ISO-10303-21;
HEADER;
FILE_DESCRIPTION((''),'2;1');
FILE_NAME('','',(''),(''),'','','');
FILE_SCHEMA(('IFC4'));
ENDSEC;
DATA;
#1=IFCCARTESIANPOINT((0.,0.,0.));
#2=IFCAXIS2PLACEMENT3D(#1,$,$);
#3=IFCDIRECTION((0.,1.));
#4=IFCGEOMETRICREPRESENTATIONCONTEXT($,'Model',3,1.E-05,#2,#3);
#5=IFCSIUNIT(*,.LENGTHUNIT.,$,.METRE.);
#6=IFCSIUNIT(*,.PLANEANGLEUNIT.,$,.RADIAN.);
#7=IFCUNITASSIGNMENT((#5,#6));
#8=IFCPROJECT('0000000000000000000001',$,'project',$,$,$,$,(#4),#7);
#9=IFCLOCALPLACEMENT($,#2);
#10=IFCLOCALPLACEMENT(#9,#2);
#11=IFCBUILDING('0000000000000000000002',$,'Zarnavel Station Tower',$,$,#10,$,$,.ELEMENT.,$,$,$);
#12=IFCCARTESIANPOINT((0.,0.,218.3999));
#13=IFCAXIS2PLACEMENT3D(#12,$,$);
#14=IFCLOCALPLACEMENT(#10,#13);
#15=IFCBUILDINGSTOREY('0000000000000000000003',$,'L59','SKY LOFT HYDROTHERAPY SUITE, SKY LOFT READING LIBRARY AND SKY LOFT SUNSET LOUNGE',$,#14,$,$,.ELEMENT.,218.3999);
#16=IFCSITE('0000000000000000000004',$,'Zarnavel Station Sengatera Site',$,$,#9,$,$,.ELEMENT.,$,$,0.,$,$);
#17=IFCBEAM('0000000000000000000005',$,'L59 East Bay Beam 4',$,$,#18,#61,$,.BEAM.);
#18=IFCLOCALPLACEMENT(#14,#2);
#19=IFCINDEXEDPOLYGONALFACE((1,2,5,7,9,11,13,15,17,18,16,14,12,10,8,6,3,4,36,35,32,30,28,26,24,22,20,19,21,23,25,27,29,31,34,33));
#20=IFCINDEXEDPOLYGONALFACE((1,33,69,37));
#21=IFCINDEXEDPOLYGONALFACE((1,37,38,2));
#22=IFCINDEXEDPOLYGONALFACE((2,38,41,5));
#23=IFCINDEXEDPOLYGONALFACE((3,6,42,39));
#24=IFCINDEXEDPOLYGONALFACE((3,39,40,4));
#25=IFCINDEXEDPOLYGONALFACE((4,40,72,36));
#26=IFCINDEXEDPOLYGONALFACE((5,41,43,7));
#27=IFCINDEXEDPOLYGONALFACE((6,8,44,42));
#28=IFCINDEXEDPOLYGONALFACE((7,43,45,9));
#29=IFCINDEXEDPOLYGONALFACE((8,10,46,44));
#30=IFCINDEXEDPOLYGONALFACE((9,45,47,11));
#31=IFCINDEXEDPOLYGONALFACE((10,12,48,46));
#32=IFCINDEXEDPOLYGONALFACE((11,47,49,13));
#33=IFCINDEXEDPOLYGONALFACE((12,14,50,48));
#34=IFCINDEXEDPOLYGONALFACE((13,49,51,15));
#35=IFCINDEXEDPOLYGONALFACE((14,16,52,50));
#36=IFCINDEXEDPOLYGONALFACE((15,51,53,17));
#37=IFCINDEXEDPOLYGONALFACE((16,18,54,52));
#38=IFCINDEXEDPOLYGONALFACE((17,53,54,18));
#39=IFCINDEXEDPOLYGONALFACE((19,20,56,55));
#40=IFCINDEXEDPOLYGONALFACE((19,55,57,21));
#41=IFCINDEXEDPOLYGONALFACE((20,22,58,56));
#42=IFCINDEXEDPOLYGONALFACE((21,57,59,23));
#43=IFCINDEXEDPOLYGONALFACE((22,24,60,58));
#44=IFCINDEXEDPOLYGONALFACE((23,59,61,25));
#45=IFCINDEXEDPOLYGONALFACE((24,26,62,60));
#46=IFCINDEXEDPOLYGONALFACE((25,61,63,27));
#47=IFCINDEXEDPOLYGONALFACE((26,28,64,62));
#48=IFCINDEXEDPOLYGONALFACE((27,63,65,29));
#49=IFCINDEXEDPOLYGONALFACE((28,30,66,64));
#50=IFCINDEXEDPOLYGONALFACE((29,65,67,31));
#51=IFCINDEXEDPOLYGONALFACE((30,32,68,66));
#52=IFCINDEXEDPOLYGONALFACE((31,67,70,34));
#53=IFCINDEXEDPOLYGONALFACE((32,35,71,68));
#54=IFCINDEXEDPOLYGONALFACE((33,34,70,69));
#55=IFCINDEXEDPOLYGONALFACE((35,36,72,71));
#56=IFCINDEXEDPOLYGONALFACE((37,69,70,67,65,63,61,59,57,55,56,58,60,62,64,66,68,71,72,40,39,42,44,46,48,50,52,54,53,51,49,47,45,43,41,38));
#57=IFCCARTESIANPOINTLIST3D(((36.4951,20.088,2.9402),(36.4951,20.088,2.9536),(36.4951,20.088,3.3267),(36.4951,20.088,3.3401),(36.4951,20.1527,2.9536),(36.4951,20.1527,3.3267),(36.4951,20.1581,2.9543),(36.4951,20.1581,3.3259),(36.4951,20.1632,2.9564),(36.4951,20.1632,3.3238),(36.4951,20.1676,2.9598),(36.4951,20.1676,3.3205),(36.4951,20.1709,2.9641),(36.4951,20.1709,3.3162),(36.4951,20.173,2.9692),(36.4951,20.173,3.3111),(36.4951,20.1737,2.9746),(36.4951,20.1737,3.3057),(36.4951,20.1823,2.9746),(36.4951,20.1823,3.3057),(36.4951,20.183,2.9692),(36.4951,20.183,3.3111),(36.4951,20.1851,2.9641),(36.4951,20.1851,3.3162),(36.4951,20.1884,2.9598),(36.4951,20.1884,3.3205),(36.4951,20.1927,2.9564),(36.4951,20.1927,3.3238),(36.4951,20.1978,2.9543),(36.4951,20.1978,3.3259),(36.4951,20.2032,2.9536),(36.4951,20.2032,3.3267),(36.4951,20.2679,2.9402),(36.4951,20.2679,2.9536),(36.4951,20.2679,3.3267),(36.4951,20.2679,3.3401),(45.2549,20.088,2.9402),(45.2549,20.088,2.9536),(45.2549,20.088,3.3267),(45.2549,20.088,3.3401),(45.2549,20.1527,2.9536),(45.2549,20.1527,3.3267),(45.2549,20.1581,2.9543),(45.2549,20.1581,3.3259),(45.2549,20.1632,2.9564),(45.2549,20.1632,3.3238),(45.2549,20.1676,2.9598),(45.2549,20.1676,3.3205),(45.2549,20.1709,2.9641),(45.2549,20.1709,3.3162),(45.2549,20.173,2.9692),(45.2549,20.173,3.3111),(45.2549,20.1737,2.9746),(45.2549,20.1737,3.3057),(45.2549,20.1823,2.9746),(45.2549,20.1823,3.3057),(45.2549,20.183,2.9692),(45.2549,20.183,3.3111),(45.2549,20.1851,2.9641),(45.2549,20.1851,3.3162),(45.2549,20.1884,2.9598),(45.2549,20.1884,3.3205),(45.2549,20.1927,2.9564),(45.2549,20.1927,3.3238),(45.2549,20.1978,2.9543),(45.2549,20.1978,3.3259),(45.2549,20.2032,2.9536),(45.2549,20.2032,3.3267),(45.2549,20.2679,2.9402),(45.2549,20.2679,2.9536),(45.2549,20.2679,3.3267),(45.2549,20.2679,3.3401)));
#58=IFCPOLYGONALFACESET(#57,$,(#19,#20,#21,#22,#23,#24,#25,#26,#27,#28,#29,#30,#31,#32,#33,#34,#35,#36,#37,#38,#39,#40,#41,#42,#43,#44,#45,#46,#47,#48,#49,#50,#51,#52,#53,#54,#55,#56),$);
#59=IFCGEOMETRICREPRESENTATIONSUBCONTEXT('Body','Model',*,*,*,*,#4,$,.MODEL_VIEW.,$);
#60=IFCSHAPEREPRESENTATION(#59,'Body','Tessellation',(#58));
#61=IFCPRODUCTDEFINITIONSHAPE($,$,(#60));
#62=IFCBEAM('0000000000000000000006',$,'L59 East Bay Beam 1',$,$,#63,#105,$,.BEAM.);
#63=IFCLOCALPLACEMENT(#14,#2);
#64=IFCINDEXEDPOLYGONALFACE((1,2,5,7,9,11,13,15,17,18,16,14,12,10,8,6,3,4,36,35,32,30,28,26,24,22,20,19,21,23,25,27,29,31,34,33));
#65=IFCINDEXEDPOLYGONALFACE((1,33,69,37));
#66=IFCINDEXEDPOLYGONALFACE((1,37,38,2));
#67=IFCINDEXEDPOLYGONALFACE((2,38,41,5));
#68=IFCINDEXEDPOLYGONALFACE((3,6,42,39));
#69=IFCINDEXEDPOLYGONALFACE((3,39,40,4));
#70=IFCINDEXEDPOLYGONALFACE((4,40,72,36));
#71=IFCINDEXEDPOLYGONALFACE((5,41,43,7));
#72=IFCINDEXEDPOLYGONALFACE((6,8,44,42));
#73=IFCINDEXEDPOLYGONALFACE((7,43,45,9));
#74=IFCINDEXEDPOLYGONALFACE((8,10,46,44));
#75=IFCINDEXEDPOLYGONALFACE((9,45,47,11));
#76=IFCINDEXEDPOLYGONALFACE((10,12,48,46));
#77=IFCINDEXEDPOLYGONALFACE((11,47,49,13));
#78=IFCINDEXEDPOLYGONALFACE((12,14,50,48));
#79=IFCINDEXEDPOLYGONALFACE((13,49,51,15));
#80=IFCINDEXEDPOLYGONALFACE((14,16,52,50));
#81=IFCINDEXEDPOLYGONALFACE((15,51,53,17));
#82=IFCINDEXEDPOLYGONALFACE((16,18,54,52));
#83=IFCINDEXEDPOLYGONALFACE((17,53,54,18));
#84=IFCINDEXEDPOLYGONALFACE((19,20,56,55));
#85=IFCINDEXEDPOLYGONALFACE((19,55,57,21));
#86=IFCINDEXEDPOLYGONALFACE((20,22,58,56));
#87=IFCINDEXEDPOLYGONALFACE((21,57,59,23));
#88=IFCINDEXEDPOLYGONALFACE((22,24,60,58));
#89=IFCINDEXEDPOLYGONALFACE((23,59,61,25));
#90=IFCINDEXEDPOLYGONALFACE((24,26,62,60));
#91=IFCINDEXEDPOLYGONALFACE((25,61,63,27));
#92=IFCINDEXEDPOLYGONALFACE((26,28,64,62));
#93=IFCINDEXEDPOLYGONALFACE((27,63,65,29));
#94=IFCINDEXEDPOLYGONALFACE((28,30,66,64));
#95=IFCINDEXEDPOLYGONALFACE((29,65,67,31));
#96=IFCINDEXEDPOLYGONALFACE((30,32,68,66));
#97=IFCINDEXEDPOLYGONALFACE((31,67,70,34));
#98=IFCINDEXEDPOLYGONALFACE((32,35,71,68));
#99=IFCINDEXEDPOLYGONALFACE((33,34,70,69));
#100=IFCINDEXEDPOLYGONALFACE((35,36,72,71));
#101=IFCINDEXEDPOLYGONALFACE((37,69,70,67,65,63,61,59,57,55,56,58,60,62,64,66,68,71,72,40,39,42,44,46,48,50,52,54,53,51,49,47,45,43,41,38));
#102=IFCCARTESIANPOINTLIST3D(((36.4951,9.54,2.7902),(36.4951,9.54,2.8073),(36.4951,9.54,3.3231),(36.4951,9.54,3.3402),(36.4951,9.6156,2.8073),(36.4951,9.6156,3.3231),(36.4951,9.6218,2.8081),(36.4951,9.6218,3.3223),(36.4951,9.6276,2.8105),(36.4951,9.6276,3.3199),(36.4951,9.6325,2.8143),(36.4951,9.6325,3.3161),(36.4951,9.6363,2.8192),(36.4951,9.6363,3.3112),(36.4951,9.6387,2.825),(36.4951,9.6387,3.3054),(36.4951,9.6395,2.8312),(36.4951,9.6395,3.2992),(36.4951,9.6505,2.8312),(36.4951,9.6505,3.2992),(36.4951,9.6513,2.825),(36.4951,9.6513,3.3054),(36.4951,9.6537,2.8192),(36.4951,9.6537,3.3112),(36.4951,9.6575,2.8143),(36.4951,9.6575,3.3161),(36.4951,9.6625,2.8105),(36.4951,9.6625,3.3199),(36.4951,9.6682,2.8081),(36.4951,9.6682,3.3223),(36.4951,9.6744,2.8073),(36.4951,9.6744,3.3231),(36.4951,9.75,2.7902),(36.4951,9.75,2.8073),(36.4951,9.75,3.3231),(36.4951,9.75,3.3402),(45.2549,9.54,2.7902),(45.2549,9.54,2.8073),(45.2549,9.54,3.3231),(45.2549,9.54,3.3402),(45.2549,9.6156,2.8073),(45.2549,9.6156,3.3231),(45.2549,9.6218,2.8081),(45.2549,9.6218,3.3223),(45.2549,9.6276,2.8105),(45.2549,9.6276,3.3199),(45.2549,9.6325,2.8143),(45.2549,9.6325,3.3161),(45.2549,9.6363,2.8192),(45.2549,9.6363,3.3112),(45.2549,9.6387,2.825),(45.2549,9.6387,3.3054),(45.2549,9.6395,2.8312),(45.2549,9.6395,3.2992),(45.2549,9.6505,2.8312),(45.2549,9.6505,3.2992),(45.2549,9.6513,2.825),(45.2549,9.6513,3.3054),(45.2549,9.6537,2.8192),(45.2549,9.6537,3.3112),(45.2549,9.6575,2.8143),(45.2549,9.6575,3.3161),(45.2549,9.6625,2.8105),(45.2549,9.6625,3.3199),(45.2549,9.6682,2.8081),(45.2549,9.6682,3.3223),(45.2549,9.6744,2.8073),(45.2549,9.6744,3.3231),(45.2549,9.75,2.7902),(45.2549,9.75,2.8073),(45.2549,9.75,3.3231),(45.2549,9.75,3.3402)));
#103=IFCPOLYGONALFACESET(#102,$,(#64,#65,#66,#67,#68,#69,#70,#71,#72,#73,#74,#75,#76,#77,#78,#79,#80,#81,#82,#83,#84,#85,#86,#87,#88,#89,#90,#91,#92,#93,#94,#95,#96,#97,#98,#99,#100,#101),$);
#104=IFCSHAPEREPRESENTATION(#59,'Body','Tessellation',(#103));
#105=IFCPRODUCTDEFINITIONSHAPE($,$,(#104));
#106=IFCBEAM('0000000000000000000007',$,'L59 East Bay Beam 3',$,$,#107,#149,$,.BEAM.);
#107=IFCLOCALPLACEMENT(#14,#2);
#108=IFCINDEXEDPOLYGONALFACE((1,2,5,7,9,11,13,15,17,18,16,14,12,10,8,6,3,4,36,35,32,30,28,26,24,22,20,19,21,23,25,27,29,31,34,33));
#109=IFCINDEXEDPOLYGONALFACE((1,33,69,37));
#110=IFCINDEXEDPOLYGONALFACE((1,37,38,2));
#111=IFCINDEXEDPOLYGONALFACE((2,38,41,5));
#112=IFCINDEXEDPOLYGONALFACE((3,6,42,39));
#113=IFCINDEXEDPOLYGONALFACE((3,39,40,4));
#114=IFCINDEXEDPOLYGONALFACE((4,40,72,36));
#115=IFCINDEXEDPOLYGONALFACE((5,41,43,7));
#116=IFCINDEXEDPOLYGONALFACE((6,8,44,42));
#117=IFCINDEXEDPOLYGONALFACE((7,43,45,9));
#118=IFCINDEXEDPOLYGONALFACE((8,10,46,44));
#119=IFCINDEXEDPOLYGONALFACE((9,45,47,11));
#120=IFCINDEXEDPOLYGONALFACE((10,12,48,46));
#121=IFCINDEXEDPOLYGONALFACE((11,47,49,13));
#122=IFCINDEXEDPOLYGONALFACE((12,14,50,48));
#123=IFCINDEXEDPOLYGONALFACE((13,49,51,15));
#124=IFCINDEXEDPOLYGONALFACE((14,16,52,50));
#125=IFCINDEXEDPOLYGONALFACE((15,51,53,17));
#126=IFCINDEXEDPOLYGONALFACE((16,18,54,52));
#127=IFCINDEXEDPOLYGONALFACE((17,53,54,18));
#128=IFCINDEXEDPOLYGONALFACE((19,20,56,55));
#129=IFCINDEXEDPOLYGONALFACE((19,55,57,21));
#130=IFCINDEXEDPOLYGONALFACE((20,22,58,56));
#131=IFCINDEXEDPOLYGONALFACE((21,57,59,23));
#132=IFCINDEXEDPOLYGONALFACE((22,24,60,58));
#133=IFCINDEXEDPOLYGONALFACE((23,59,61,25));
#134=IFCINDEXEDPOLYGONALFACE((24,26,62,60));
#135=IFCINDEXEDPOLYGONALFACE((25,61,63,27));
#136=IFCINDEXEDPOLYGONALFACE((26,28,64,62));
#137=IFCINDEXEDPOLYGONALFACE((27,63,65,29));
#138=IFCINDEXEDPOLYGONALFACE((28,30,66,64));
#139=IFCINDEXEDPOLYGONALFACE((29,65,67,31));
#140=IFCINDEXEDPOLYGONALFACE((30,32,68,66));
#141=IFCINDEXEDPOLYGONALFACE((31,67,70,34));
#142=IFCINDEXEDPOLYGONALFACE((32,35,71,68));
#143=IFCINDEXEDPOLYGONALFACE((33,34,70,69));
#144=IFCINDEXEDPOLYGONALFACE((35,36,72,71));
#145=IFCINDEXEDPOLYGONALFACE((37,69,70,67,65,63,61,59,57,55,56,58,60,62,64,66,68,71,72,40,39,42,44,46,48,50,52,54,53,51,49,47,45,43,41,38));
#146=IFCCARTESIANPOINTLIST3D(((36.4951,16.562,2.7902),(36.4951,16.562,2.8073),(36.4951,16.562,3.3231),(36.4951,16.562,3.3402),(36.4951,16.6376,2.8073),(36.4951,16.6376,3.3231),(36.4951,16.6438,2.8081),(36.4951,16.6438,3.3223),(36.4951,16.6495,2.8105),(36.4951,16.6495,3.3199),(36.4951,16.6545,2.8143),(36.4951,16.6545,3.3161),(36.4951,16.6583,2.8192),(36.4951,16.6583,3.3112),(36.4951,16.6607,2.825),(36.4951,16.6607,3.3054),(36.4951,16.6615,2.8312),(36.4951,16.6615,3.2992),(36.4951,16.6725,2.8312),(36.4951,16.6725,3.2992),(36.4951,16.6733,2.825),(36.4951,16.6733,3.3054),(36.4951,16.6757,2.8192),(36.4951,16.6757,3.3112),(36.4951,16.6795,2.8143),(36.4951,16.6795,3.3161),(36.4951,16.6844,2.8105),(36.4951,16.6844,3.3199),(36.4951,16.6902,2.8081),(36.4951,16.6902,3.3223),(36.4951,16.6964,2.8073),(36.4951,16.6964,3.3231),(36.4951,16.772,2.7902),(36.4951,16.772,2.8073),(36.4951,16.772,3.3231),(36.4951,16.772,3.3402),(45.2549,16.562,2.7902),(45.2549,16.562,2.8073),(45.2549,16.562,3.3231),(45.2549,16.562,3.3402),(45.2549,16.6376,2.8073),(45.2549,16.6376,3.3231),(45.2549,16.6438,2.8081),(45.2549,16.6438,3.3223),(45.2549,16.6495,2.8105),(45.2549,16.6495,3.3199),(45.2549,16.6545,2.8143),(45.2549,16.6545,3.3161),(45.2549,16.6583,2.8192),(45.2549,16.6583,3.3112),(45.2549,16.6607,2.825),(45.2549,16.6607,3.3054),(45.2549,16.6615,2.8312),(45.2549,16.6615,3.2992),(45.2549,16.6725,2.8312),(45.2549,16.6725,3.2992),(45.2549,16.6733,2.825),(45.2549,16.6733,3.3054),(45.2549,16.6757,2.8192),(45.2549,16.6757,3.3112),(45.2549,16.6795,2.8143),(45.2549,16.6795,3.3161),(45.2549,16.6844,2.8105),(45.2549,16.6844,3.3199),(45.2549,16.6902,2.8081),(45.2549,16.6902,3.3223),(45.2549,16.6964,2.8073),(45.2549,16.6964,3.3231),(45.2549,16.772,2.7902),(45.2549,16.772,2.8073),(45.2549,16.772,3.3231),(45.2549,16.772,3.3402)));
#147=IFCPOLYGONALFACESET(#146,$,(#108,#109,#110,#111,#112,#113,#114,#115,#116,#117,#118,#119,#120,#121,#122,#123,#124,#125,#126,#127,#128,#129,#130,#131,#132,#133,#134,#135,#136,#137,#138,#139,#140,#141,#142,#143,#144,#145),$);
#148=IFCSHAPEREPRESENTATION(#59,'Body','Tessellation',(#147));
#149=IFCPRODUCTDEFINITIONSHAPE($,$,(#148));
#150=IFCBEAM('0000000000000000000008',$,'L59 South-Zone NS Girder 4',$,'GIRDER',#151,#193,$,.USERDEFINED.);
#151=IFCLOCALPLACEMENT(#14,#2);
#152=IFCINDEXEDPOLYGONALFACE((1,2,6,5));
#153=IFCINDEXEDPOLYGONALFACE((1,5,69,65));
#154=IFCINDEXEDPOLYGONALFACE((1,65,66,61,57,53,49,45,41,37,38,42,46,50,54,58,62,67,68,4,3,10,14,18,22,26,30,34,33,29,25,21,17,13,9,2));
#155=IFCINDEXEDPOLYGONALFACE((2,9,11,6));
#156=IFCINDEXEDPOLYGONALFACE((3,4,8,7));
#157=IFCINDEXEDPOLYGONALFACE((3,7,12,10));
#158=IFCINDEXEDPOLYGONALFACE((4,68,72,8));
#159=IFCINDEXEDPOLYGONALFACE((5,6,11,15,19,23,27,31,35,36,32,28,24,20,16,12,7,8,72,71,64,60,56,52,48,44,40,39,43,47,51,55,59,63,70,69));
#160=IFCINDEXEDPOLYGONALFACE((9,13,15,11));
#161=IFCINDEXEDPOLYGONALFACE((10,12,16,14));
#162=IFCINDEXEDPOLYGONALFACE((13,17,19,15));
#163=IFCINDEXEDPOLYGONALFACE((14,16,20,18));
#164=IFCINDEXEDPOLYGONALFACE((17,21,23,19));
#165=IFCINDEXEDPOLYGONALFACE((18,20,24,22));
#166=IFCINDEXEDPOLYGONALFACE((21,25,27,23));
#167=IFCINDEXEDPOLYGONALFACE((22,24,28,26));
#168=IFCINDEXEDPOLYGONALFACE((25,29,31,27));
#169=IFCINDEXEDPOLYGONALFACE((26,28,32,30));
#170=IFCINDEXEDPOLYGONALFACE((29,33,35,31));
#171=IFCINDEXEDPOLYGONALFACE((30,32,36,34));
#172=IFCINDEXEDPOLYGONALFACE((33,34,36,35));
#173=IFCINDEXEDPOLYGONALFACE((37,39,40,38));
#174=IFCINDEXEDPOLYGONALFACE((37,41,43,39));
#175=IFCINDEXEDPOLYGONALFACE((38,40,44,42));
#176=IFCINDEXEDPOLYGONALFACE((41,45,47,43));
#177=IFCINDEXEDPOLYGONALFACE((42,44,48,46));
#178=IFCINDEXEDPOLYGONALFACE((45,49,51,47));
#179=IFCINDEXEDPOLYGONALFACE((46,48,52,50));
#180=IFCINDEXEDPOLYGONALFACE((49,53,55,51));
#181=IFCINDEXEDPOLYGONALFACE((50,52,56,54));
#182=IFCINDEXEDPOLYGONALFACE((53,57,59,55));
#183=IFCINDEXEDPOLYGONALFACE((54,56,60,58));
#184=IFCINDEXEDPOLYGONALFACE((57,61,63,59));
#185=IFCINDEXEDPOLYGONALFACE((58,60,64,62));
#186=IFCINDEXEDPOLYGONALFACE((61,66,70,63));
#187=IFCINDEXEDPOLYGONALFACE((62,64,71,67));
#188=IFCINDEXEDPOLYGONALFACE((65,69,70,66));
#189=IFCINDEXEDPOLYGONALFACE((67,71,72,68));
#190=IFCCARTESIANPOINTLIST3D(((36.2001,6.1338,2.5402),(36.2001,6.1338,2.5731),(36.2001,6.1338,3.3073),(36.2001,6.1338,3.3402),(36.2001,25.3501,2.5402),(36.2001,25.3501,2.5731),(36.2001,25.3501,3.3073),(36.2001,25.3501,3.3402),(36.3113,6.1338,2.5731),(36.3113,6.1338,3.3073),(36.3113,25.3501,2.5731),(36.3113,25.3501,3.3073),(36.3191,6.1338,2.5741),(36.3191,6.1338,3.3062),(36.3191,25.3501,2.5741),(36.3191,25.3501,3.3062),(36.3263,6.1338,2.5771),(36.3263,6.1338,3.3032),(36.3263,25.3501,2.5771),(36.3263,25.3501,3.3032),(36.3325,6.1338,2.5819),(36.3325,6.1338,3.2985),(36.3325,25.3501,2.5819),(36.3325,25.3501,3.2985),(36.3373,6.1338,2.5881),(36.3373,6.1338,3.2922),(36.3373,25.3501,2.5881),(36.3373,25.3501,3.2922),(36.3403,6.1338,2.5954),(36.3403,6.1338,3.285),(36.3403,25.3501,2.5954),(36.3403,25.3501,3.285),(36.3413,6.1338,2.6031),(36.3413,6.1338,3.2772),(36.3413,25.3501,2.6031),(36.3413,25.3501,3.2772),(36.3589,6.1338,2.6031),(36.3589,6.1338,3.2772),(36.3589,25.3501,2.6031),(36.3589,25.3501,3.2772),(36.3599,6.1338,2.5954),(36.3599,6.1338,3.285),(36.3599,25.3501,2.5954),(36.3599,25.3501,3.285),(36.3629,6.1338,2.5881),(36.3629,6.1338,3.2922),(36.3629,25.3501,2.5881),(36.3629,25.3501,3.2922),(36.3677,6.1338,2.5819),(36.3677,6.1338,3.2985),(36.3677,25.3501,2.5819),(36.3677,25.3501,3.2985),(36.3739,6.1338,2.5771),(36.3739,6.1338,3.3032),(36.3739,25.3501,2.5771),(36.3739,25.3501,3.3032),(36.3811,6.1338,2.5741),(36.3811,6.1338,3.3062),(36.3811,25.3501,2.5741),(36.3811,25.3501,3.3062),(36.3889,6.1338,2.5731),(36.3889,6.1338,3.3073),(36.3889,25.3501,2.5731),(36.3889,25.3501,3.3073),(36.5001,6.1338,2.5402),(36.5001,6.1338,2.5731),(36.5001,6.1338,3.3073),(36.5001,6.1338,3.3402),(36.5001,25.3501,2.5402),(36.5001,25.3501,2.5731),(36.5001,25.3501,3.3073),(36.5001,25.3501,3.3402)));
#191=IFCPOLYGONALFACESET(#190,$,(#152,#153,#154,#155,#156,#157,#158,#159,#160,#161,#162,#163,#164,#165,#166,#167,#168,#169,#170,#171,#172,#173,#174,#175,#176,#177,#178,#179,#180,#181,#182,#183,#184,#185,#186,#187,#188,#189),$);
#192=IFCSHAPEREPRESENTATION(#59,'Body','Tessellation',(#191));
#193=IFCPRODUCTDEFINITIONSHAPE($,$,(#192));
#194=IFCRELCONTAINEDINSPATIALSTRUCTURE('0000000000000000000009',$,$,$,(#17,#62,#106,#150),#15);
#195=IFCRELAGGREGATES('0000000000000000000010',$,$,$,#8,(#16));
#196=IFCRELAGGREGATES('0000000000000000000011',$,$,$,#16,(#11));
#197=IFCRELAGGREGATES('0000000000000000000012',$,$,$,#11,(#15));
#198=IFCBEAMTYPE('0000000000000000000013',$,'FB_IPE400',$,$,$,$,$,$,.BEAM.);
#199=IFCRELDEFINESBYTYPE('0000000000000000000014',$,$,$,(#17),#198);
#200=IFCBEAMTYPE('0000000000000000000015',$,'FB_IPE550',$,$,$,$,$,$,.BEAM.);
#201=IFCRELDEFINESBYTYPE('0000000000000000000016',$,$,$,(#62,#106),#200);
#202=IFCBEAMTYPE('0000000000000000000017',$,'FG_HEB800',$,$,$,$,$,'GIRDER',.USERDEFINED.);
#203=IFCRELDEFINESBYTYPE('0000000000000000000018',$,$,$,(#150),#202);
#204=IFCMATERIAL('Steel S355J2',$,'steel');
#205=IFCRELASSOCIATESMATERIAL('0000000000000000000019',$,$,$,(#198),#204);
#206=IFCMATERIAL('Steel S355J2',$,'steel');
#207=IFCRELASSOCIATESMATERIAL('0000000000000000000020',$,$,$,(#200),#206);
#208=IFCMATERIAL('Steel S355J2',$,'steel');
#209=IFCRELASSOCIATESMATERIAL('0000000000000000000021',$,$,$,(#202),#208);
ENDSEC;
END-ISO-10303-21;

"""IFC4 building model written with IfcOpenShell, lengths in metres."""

from ifc_helpers import new_model, si_unit, direction, frame, origin, origin_2d, place, context, subcontext, project, spatial, i_section, extrude, material, material_profile, profile_set, type_object, element, save


model = new_model("IFC4")

# Units and contexts
model_context = context("Model", 3, precision=1e-05, world=origin(), true_north=direction((0.0, 1.0)))
body_context = subcontext(model_context, "Body", "Model", "MODEL_VIEW")
ifc_project = project(units=[si_unit("LENGTHUNIT", "METRE"), si_unit("PLANEANGLEUNIT", "RADIAN")], contexts=[model_context])

# Site, building, storey
site_placement = place(None, origin())
site = spatial("IfcSite", under=ifc_project, at=site_placement, Name="Zarnavel Station Sengatera Site", CompositionType="ELEMENT", RefElevation=0.0)
building_placement = place(site_placement, origin())
building = spatial("IfcBuilding", under=site, at=building_placement, Name="Zarnavel Station Tower", CompositionType="ELEMENT")
storey_placement = place(building_placement, frame((0.0, 0.0, 218.3999)))
storey = spatial("IfcBuildingStorey", under=building, at=storey_placement, Name="L59", Description="SKY LOFT HYDROTHERAPY SUITE, SKY LOFT READING LIBRARY AND SKY LOFT SUNSET LOUNGE", CompositionType="ELEMENT", Elevation=218.3999)

# Beams
ifc_material_1 = material(Name="Steel S355J2", Category="steel")
ifc_material_profile_1 = material_profile(ifc_material_1, i_section(OverallWidth=0.1799, OverallDepth=0.3999, WebThickness=0.0085, FlangeThickness=0.0134, FilletRadius=0.021, at=origin_2d()), Name="IPE400")
ifc_profile_set_1 = profile_set([ifc_material_profile_1], Name="Steel S355J2")
beam_type_1 = type_object("IfcBeamType", Name="FB_IPE400", PredefinedType="BEAM", material=ifc_profile_set_1)
for number, where, z_axis, x_axis, name in (
    (1, (36.4951, 20.178, 3.1401), (1.0, 0.0, 0.0), (0.0, 1.0, 0.0), "L59 East Bay Beam 4"),
):
    element("IfcBeam", number, at=place(storey_placement, frame(where, z_axis=z_axis, x_axis=x_axis)), inside=storey, type_object=beam_type_1, Name=name, PredefinedType="BEAM", context=body_context, shape_type="SweptSolid", body=[
        extrude(i_section(OverallWidth=0.1799, OverallDepth=0.3999, WebThickness=0.0085, FlangeThickness=0.0134, FilletRadius=0.021, at=origin_2d()), origin(), (0.0, 0.0, 1.0), 8.7598),
    ])
ifc_material_2 = material(Name="Steel S355J2", Category="steel")
ifc_material_profile_2 = material_profile(ifc_material_2, i_section(OverallWidth=0.21, OverallDepth=0.55, WebThickness=0.011, FlangeThickness=0.0171, FilletRadius=0.0239, at=origin_2d()), Name="IPE550")
ifc_profile_set_2 = profile_set([ifc_material_profile_2], Name="Steel S355J2")
beam_type_2 = type_object("IfcBeamType", Name="FB_IPE550", PredefinedType="BEAM", material=ifc_profile_set_2)
for number, where, z_axis, x_axis, name in (
    (2, (36.4951, 9.645, 3.0652), (1.0, 0.0, 0.0), (0.0, 1.0, 0.0), "L59 East Bay Beam 1"),
    (3, (36.4951, 16.667, 3.0652), (1.0, 0.0, 0.0), (0.0, 1.0, 0.0), "L59 East Bay Beam 3"),
):
    element("IfcBeam", number, at=place(storey_placement, frame(where, z_axis=z_axis, x_axis=x_axis)), inside=storey, type_object=beam_type_2, Name=name, PredefinedType="BEAM", context=body_context, shape_type="SweptSolid", body=[
        extrude(i_section(OverallWidth=0.21, OverallDepth=0.55, WebThickness=0.011, FlangeThickness=0.0171, FilletRadius=0.0239, at=origin_2d()), origin(), (0.0, 0.0, 1.0), 8.7598),
    ])
ifc_material_3 = material(Name="Steel S355J2", Category="steel")
ifc_material_profile_3 = material_profile(ifc_material_3, i_section(OverallWidth=0.3, OverallDepth=0.8, WebThickness=0.0176, FlangeThickness=0.033, FilletRadius=0.03, at=origin_2d()), Name="HEB800")
ifc_profile_set_3 = profile_set([ifc_material_profile_3], Name="Steel S355J2")
beam_type_3 = type_object("IfcBeamType", Name="FG_HEB800", ElementType="GIRDER", PredefinedType="USERDEFINED", material=ifc_profile_set_3)
beam_1_placement = place(storey_placement, frame((36.3501, 6.1338, 2.9402), z_axis=(0.0, 1.0, 0.0), x_axis=(-1.0, 0.0, 0.0)))
element("IfcBeam", 4, at=beam_1_placement, inside=storey, type_object=beam_type_3, Name="L59 South-Zone NS Girder 4", ObjectType="GIRDER", PredefinedType="USERDEFINED", context=body_context, shape_type="SweptSolid", body=[
    extrude(i_section(OverallWidth=0.3, OverallDepth=0.8, WebThickness=0.0176, FlangeThickness=0.033, FilletRadius=0.03, at=origin_2d()), origin(), (0.0, 0.0, 1.0), 19.2163),
])

save(model, "model.ifc")
